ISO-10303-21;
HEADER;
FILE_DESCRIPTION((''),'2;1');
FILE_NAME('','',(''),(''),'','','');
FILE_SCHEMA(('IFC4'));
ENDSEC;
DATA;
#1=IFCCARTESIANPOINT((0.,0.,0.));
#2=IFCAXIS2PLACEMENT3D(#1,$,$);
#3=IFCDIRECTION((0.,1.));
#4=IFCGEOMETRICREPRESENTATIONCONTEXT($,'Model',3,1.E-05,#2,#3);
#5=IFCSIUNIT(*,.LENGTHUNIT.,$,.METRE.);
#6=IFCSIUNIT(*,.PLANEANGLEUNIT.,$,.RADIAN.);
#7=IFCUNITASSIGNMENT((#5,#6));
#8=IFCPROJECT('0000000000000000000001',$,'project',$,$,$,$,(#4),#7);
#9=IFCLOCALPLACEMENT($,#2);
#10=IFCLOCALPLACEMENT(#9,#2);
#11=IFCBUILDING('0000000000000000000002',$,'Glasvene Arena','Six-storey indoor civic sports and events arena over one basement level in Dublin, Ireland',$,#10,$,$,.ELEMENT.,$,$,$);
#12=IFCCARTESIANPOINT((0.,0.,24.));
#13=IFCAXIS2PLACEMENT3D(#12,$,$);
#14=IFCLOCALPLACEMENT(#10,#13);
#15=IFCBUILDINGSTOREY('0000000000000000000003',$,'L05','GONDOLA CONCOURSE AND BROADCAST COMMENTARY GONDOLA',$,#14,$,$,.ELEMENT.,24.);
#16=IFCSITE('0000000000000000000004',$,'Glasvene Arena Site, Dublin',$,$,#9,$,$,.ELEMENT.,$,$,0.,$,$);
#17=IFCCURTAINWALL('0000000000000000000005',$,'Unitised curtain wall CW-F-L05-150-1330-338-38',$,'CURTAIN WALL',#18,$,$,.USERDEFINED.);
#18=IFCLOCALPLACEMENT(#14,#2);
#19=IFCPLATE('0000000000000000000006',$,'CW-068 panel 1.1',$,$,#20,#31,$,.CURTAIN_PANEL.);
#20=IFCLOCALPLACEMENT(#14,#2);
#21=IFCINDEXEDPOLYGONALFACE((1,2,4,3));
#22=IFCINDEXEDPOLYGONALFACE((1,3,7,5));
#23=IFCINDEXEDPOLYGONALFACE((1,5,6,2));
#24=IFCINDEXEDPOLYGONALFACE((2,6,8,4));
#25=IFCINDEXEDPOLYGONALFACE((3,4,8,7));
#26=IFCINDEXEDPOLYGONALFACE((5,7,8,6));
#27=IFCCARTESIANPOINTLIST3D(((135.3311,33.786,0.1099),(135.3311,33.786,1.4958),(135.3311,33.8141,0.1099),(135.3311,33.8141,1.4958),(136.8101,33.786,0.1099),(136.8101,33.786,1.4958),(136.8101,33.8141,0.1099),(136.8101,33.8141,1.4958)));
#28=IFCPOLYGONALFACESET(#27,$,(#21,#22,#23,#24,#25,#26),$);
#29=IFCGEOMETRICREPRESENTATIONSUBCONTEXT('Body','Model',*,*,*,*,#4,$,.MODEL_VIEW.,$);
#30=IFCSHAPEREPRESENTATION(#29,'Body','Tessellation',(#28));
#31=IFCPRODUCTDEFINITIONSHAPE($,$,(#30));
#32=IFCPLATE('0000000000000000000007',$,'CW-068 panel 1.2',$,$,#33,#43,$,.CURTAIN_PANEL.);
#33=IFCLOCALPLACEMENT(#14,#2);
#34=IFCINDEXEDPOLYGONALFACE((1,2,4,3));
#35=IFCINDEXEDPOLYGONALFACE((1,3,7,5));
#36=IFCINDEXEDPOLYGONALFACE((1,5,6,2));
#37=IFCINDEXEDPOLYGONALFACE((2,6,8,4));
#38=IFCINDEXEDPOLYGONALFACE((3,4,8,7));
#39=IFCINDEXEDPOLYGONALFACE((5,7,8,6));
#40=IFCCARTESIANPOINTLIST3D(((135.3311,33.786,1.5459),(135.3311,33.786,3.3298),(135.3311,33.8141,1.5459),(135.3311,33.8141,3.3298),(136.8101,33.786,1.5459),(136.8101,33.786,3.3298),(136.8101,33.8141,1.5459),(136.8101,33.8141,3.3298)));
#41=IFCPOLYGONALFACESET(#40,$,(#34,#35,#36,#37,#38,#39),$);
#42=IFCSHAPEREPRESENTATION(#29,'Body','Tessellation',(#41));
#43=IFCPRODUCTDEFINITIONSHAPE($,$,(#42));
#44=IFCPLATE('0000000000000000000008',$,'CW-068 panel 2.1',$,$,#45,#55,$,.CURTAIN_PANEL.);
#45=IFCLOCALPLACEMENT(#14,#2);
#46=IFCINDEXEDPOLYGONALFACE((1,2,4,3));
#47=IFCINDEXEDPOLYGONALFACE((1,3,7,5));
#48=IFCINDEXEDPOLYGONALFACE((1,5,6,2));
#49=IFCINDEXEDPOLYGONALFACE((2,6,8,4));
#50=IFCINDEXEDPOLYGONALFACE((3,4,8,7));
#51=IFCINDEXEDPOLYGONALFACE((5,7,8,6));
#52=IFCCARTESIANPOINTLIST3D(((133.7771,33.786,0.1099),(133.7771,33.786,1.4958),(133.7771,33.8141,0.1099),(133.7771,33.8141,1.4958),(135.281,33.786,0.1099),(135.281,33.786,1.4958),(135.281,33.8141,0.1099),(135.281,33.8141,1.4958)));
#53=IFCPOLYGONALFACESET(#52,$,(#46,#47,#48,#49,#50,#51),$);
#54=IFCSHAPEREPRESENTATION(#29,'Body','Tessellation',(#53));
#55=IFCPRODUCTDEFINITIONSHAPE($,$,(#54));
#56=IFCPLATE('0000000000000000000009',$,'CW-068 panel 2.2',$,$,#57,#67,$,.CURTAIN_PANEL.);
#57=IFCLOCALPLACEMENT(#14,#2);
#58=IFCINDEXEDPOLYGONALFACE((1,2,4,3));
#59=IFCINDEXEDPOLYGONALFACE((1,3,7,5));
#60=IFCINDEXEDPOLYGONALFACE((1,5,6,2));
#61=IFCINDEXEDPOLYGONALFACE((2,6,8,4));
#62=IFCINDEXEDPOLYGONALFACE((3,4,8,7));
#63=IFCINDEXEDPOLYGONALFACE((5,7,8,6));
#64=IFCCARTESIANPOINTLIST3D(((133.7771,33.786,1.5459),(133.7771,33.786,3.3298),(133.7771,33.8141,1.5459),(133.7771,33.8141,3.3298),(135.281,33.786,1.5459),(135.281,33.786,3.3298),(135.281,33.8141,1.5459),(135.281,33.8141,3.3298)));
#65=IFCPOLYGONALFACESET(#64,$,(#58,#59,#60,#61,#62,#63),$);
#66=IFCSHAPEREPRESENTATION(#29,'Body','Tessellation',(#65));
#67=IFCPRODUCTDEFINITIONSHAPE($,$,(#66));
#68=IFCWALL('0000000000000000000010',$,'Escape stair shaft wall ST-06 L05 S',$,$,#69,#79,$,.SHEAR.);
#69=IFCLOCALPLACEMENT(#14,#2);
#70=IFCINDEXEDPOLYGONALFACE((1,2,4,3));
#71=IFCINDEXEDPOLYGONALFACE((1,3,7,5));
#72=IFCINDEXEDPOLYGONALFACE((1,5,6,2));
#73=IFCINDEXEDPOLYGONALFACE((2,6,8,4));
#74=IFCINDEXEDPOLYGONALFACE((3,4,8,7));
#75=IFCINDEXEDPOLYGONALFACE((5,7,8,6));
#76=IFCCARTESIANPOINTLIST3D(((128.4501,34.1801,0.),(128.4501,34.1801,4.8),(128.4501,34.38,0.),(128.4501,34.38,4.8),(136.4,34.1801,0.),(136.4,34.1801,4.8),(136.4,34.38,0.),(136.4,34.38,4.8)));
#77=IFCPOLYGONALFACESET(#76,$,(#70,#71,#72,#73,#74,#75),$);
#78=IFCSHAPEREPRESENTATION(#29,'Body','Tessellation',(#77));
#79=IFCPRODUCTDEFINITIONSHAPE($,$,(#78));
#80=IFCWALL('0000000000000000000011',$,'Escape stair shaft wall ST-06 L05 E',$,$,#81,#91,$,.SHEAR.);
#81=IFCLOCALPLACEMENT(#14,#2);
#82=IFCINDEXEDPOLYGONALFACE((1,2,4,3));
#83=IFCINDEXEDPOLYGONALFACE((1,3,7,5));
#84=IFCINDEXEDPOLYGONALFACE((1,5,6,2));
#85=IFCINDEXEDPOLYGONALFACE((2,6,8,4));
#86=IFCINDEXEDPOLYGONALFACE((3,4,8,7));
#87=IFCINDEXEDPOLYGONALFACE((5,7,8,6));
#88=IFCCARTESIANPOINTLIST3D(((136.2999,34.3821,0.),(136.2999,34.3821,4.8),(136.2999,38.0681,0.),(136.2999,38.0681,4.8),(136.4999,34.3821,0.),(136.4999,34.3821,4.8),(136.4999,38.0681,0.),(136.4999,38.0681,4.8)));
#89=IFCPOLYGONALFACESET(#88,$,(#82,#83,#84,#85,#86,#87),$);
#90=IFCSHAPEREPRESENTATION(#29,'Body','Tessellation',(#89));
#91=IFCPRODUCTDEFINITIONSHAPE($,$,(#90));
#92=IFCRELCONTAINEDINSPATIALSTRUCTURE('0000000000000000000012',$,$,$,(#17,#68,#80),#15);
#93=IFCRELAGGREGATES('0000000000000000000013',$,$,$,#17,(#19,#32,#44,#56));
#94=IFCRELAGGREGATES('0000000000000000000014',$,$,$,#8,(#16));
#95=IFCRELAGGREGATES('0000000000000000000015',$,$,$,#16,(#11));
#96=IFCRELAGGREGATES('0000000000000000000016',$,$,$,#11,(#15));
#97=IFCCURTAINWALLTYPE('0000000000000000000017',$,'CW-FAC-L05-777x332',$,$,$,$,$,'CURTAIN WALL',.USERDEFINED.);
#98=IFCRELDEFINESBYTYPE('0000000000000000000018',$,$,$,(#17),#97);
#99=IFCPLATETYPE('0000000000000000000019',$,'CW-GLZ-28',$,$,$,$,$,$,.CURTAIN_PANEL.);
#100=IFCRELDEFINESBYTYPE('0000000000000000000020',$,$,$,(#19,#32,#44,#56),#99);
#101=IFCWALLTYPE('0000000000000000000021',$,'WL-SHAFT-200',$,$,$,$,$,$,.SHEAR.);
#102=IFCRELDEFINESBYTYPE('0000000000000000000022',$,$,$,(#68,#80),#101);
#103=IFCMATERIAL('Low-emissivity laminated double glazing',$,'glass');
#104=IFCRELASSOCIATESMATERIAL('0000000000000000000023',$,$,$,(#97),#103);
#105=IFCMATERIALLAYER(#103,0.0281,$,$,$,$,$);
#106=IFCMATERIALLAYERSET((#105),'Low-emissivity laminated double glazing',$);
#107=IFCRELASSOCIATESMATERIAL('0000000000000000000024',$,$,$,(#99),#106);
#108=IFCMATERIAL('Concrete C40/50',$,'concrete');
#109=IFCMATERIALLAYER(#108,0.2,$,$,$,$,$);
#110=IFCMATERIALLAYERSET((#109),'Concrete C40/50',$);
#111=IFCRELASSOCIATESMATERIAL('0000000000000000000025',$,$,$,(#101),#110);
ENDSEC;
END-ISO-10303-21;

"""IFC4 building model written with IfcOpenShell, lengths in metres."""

from ifc_helpers import new_model, si_unit, direction, frame, frame_2d, origin, origin_2d, place, context, subcontext, project, spatial, rectangle, extrude, material, layer, layer_set, type_object, element, aggregate, save


model = new_model("IFC4")

# Units and contexts
model_context = context("Model", 3, precision=1e-05, world=origin(), true_north=direction((0.0, 1.0)))
body_context = subcontext(model_context, "Body", "Model", "MODEL_VIEW")
ifc_project = project(units=[si_unit("LENGTHUNIT", "METRE"), si_unit("PLANEANGLEUNIT", "RADIAN")], contexts=[model_context])

# Site, building, storey
site_placement = place(None, origin())
site = spatial("IfcSite", under=ifc_project, at=site_placement, Name="Glasvene Arena Site, Dublin", CompositionType="ELEMENT", RefElevation=0.0)
building_placement = place(site_placement, origin())
building = spatial("IfcBuilding", under=site, at=building_placement, Name="Glasvene Arena", Description="Six-storey indoor civic sports and events arena over one basement level in Dublin, Ireland", CompositionType="ELEMENT")
storey_placement = place(building_placement, frame((0.0, 0.0, 24.0)))
storey = spatial("IfcBuildingStorey", under=building, at=storey_placement, Name="L05", Description="GONDOLA CONCOURSE AND BROADCAST COMMENTARY GONDOLA", CompositionType="ELEMENT", Elevation=24.0)

# Shared definitions
ifc_material_1 = material(Name="Low-emissivity laminated double glazing", Category="glass")

# Curtain wall
curtain_wall_type_1 = type_object("IfcCurtainWallType", Name="CW-FAC-L05-777x332", ElementType="CURTAIN WALL", PredefinedType="USERDEFINED", material=ifc_material_1)
curtain_wall_1_placement = place(storey_placement, frame((136.8601, 33.8, 0.0)))
curtain_wall_1 = element("IfcCurtainWall", 1, at=curtain_wall_1_placement, inside=storey, type_object=curtain_wall_type_1, Name="Unitised curtain wall CW-F-L05-150-1330-338-38", ObjectType="CURTAIN WALL", PredefinedType="USERDEFINED")

# Plates
ifc_layer_1 = layer(ifc_material_1, 0.0281)
ifc_layer_set_1 = layer_set([ifc_layer_1], Name="Low-emissivity laminated double glazing")
plate_type = type_object("IfcPlateType", Name="CW-GLZ-28", PredefinedType="CURTAIN_PANEL", material=ifc_layer_set_1)
plate_1_placement = place(storey_placement, frame((136.0706, 33.8, 0.1099), z_axis=(0.0, 0.0, 1.0), x_axis=(-1.0, 0.0, 0.0)))
plate_1 = element("IfcPlate", 2, at=plate_1_placement, type_object=plate_type, Name="CW-068 panel 1.1", PredefinedType="CURTAIN_PANEL", context=body_context, shape_type="SweptSolid", body=[
    extrude(rectangle(XDim=1.479, YDim=0.0281, at=origin_2d()), origin(), (0.0, 0.0, 1.0), 1.386),
])
plate_2_placement = place(storey_placement, frame((136.0706, 33.8, 1.5459), z_axis=(0.0, 0.0, 1.0), x_axis=(-1.0, 0.0, 0.0)))
plate_2 = element("IfcPlate", 3, at=plate_2_placement, type_object=plate_type, Name="CW-068 panel 1.2", PredefinedType="CURTAIN_PANEL", context=body_context, shape_type="SweptSolid", body=[
    extrude(rectangle(XDim=1.479, YDim=0.0281, at=origin_2d()), origin(), (0.0, 0.0, 1.0), 1.7839),
])
plate_3_placement = place(storey_placement, frame((134.5291, 33.8, 0.1099), z_axis=(0.0, 0.0, 1.0), x_axis=(-1.0, 0.0, 0.0)))
plate_3 = element("IfcPlate", 4, at=plate_3_placement, type_object=plate_type, Name="CW-068 panel 2.1", PredefinedType="CURTAIN_PANEL", context=body_context, shape_type="SweptSolid", body=[
    extrude(rectangle(XDim=1.5039, YDim=0.0281, at=origin_2d()), origin(), (0.0, 0.0, 1.0), 1.386),
])
plate_4_placement = place(storey_placement, frame((134.5291, 33.8, 1.5459), z_axis=(0.0, 0.0, 1.0), x_axis=(-1.0, 0.0, 0.0)))
plate_4 = element("IfcPlate", 5, at=plate_4_placement, type_object=plate_type, Name="CW-068 panel 2.2", PredefinedType="CURTAIN_PANEL", context=body_context, shape_type="SweptSolid", body=[
    extrude(rectangle(XDim=1.5039, YDim=0.0281, at=origin_2d()), origin(), (0.0, 0.0, 1.0), 1.7839),
])
aggregate(curtain_wall_1, [plate_1, plate_2, plate_3, plate_4])

# Wall
ifc_material_2 = material(Name="Concrete C40/50", Category="concrete")
ifc_layer_2 = layer(ifc_material_2, 0.2)
ifc_layer_set_2 = layer_set([ifc_layer_2], Name="Concrete C40/50")
wall_type = type_object("IfcWallType", Name="WL-SHAFT-200", PredefinedType="SHEAR", material=ifc_layer_set_2)
wall_1_placement = place(storey_placement, frame((128.45, 34.28, 0.0), z_axis=(0.0, 0.0, 1.0), x_axis=(1.0, 0.0, 0.0)))
element("IfcWall", 6, at=wall_1_placement, inside=storey, type_object=wall_type, Name="Escape stair shaft wall ST-06 L05 S", PredefinedType="SHEAR", context=body_context, shape_type="SweptSolid", body=[
    extrude(rectangle(XDim=7.95, YDim=0.2, at=frame_2d((3.9751, 0.0))), origin(), (0.0, 0.0, 1.0), 4.8),
])

# Wall
wall_2_placement = place(storey_placement, frame((136.3999, 34.3821, 0.0), z_axis=(0.0, 0.0, 1.0), x_axis=(0.0, 1.0, 0.0)))
element("IfcWall", 7, at=wall_2_placement, inside=storey, type_object=wall_type, Name="Escape stair shaft wall ST-06 L05 E", PredefinedType="SHEAR", context=body_context, shape_type="SweptSolid", body=[
    extrude(rectangle(XDim=3.686, YDim=0.2, at=frame_2d((1.843, 0.0))), origin(), (0.0, 0.0, 1.0), 4.8),
])

save(model, "model.ifc")
